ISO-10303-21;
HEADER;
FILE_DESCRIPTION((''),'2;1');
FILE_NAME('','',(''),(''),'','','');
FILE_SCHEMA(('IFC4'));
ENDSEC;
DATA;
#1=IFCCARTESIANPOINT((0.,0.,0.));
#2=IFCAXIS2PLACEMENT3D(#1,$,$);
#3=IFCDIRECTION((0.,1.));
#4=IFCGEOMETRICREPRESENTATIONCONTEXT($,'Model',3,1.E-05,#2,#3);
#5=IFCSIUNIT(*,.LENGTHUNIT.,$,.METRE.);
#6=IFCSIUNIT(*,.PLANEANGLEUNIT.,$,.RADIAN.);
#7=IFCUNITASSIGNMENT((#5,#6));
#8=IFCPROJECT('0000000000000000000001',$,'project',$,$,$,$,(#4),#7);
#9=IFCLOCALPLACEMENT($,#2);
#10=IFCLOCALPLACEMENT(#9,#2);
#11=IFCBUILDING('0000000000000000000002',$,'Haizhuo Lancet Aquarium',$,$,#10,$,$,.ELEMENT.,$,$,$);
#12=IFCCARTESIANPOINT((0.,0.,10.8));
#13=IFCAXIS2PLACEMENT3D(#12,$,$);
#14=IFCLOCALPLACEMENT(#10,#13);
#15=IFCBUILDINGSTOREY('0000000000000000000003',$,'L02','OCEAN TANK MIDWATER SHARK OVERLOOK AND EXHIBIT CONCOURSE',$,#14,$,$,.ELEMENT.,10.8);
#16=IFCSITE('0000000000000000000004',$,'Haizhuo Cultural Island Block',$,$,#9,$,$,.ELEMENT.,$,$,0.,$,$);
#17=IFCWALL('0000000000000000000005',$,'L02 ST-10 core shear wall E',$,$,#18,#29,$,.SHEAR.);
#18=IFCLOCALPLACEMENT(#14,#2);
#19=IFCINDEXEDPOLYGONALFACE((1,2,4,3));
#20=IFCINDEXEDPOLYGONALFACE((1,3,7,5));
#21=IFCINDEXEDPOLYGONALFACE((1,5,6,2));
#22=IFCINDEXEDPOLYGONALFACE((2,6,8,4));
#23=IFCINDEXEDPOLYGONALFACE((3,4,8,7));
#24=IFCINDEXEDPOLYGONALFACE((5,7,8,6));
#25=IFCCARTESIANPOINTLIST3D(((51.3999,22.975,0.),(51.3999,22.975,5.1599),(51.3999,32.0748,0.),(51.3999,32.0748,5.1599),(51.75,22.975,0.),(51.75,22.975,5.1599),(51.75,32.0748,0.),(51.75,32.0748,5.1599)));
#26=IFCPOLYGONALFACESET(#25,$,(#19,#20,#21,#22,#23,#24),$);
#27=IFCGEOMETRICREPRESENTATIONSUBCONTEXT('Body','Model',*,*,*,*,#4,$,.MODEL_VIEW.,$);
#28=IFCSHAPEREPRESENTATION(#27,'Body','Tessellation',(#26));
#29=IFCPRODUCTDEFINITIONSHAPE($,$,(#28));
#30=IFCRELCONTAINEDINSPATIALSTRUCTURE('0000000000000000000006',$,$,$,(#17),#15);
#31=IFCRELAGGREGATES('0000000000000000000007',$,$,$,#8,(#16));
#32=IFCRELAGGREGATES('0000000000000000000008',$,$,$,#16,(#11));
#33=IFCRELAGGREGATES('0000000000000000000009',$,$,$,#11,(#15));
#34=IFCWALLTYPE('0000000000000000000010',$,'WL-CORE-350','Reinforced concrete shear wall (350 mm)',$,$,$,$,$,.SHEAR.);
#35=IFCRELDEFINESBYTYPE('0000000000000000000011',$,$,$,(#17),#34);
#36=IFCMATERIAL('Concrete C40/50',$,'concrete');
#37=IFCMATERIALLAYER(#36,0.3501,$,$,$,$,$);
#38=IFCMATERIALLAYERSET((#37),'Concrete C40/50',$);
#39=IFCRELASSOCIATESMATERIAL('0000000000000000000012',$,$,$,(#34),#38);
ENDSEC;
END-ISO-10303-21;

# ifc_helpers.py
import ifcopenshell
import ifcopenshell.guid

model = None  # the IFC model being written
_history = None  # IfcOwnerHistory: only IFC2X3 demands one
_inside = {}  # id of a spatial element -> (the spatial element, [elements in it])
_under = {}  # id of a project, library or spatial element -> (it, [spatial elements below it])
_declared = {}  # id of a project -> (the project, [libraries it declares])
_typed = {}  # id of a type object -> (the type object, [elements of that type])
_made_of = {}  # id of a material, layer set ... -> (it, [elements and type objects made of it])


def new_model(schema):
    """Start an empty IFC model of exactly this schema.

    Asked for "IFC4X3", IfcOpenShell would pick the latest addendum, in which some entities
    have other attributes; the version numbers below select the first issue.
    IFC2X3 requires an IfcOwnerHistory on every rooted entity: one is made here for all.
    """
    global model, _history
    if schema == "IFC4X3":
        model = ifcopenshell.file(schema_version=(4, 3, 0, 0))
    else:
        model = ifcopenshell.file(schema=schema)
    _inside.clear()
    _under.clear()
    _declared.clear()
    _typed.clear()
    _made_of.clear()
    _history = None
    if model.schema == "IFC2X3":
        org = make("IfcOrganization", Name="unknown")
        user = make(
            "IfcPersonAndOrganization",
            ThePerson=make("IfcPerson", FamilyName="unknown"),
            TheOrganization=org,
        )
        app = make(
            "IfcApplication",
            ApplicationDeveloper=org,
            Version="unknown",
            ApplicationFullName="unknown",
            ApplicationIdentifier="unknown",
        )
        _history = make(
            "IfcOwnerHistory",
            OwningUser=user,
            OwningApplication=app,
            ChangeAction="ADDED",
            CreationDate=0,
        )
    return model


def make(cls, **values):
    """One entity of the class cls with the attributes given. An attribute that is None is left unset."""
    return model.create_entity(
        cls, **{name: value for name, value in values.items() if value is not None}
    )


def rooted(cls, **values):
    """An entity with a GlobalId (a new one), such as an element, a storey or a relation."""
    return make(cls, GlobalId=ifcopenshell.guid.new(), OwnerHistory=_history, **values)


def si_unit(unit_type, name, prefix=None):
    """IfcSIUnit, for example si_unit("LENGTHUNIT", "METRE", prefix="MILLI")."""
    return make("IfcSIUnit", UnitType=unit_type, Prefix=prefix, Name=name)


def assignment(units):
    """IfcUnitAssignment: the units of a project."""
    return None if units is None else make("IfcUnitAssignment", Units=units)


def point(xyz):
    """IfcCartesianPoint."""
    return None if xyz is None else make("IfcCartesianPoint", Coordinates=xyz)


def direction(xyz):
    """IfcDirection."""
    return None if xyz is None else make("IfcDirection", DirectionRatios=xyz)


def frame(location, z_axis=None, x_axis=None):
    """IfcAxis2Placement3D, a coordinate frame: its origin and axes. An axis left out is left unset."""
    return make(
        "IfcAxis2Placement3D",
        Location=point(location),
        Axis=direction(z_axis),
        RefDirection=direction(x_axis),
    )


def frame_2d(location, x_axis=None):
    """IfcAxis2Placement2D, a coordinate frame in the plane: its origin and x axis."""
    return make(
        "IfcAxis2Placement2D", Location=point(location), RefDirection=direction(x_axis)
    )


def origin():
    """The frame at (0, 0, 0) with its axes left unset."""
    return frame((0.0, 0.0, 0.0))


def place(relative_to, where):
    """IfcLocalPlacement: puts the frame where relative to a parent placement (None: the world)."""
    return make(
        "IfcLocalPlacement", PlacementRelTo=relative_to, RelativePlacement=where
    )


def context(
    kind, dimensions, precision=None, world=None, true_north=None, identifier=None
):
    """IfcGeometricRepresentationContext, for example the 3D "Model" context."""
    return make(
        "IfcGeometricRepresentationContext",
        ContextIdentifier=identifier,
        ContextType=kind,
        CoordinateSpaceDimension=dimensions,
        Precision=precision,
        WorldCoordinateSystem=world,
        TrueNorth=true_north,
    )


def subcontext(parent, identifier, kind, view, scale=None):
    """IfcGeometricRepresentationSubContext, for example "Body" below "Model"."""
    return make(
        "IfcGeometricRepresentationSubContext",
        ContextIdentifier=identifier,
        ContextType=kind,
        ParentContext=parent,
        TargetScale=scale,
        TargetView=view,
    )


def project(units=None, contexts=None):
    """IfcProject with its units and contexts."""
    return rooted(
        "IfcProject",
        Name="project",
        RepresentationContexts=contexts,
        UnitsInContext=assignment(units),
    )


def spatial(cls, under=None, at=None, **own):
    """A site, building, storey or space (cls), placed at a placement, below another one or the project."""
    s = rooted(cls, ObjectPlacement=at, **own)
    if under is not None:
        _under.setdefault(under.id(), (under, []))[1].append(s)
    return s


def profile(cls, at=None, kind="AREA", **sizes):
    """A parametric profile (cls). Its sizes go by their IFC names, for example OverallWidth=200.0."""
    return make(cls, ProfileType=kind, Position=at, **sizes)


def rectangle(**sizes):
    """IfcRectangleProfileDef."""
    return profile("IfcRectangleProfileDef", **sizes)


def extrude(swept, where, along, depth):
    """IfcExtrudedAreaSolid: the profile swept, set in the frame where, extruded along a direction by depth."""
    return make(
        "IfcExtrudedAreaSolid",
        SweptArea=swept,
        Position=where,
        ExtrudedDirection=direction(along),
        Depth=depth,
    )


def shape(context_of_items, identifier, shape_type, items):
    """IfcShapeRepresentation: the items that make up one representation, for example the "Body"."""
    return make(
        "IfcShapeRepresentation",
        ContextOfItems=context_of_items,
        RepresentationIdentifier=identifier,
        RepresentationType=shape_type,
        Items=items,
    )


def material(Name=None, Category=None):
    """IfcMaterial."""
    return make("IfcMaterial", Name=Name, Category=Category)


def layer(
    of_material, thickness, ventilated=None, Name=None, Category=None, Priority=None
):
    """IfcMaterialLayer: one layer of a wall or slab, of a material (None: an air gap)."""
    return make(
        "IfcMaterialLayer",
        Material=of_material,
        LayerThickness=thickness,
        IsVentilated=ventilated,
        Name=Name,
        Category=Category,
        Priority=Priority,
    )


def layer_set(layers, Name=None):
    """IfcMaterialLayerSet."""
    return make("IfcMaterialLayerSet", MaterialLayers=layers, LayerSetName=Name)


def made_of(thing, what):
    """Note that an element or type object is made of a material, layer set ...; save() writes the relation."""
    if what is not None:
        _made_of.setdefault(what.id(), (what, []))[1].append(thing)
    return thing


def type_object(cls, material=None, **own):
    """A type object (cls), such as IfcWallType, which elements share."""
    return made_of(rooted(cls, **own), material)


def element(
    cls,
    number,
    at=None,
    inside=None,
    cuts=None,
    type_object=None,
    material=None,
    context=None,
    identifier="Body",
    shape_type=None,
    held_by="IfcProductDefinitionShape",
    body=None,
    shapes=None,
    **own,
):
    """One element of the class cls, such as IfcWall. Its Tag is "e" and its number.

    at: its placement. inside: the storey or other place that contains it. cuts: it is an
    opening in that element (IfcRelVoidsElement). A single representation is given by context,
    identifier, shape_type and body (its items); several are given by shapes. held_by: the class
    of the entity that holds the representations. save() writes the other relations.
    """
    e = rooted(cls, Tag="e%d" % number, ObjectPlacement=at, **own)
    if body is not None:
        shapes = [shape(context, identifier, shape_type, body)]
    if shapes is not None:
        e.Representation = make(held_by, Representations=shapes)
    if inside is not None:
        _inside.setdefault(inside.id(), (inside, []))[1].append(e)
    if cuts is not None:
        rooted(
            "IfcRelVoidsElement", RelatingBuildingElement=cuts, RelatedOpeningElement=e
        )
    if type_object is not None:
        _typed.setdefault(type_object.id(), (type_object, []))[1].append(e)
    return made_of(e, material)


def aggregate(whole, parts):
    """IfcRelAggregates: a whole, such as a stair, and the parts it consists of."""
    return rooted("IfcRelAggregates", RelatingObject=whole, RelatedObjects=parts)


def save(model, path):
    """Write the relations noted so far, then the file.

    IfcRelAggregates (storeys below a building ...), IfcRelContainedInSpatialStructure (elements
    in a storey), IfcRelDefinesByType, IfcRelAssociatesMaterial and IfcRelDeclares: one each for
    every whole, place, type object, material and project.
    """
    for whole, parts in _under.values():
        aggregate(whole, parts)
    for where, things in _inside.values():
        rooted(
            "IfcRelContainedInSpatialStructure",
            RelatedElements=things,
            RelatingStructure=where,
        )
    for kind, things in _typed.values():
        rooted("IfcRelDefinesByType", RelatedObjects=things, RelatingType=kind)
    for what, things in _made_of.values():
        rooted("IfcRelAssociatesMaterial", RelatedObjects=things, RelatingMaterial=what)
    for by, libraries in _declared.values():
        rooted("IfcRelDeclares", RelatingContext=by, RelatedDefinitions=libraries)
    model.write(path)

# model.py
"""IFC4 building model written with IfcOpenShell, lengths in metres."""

from ifc_helpers import new_model, si_unit, direction, frame, frame_2d, origin, place, context, subcontext, project, spatial, rectangle, extrude, material, layer, layer_set, type_object, element, save


model = new_model("IFC4")

# Units and contexts
model_context = context("Model", 3, precision=1e-05, world=origin(), true_north=direction((0.0, 1.0)))
body_context = subcontext(model_context, "Body", "Model", "MODEL_VIEW")
ifc_project = project(units=[si_unit("LENGTHUNIT", "METRE"), si_unit("PLANEANGLEUNIT", "RADIAN")], contexts=[model_context])

# Site, building, storey
site_placement = place(None, origin())
site = spatial("IfcSite", under=ifc_project, at=site_placement, Name="Haizhuo Cultural Island Block", CompositionType="ELEMENT", RefElevation=0.0)
building_placement = place(site_placement, origin())
building = spatial("IfcBuilding", under=site, at=building_placement, Name="Haizhuo Lancet Aquarium", CompositionType="ELEMENT")
storey_placement = place(building_placement, frame((0.0, 0.0, 10.8)))
storey = spatial("IfcBuildingStorey", under=building, at=storey_placement, Name="L02", Description="OCEAN TANK MIDWATER SHARK OVERLOOK AND EXHIBIT CONCOURSE", CompositionType="ELEMENT", Elevation=10.8)

# Shared definitions
ifc_material_1 = material(Name="Concrete C40/50", Category="concrete")

# Wall
ifc_layer_1 = layer(ifc_material_1, 0.3501)
ifc_layer_set_1 = layer_set([ifc_layer_1], Name="Concrete C40/50")
wall_type_1 = type_object("IfcWallType", Name="WL-CORE-350", Description="Reinforced concrete shear wall (350 mm)", PredefinedType="SHEAR", material=ifc_layer_set_1)
wall_1_placement = place(storey_placement, frame((51.575, 22.9751, 0.0), z_axis=(0.0, 0.0, 1.0), x_axis=(0.0, 1.0, 0.0)))
element("IfcWall", 1, at=wall_1_placement, inside=storey, type_object=wall_type_1, Name="L02 ST-10 core shear wall E", PredefinedType="SHEAR", context=body_context, shape_type="SweptSolid", body=[
    extrude(rectangle(XDim=9.0999, YDim=0.3501, at=frame_2d((4.5498, 0.0))), origin(), (0.0, 0.0, 1.0), 5.1599),
])

save(model, "model.ifc")
